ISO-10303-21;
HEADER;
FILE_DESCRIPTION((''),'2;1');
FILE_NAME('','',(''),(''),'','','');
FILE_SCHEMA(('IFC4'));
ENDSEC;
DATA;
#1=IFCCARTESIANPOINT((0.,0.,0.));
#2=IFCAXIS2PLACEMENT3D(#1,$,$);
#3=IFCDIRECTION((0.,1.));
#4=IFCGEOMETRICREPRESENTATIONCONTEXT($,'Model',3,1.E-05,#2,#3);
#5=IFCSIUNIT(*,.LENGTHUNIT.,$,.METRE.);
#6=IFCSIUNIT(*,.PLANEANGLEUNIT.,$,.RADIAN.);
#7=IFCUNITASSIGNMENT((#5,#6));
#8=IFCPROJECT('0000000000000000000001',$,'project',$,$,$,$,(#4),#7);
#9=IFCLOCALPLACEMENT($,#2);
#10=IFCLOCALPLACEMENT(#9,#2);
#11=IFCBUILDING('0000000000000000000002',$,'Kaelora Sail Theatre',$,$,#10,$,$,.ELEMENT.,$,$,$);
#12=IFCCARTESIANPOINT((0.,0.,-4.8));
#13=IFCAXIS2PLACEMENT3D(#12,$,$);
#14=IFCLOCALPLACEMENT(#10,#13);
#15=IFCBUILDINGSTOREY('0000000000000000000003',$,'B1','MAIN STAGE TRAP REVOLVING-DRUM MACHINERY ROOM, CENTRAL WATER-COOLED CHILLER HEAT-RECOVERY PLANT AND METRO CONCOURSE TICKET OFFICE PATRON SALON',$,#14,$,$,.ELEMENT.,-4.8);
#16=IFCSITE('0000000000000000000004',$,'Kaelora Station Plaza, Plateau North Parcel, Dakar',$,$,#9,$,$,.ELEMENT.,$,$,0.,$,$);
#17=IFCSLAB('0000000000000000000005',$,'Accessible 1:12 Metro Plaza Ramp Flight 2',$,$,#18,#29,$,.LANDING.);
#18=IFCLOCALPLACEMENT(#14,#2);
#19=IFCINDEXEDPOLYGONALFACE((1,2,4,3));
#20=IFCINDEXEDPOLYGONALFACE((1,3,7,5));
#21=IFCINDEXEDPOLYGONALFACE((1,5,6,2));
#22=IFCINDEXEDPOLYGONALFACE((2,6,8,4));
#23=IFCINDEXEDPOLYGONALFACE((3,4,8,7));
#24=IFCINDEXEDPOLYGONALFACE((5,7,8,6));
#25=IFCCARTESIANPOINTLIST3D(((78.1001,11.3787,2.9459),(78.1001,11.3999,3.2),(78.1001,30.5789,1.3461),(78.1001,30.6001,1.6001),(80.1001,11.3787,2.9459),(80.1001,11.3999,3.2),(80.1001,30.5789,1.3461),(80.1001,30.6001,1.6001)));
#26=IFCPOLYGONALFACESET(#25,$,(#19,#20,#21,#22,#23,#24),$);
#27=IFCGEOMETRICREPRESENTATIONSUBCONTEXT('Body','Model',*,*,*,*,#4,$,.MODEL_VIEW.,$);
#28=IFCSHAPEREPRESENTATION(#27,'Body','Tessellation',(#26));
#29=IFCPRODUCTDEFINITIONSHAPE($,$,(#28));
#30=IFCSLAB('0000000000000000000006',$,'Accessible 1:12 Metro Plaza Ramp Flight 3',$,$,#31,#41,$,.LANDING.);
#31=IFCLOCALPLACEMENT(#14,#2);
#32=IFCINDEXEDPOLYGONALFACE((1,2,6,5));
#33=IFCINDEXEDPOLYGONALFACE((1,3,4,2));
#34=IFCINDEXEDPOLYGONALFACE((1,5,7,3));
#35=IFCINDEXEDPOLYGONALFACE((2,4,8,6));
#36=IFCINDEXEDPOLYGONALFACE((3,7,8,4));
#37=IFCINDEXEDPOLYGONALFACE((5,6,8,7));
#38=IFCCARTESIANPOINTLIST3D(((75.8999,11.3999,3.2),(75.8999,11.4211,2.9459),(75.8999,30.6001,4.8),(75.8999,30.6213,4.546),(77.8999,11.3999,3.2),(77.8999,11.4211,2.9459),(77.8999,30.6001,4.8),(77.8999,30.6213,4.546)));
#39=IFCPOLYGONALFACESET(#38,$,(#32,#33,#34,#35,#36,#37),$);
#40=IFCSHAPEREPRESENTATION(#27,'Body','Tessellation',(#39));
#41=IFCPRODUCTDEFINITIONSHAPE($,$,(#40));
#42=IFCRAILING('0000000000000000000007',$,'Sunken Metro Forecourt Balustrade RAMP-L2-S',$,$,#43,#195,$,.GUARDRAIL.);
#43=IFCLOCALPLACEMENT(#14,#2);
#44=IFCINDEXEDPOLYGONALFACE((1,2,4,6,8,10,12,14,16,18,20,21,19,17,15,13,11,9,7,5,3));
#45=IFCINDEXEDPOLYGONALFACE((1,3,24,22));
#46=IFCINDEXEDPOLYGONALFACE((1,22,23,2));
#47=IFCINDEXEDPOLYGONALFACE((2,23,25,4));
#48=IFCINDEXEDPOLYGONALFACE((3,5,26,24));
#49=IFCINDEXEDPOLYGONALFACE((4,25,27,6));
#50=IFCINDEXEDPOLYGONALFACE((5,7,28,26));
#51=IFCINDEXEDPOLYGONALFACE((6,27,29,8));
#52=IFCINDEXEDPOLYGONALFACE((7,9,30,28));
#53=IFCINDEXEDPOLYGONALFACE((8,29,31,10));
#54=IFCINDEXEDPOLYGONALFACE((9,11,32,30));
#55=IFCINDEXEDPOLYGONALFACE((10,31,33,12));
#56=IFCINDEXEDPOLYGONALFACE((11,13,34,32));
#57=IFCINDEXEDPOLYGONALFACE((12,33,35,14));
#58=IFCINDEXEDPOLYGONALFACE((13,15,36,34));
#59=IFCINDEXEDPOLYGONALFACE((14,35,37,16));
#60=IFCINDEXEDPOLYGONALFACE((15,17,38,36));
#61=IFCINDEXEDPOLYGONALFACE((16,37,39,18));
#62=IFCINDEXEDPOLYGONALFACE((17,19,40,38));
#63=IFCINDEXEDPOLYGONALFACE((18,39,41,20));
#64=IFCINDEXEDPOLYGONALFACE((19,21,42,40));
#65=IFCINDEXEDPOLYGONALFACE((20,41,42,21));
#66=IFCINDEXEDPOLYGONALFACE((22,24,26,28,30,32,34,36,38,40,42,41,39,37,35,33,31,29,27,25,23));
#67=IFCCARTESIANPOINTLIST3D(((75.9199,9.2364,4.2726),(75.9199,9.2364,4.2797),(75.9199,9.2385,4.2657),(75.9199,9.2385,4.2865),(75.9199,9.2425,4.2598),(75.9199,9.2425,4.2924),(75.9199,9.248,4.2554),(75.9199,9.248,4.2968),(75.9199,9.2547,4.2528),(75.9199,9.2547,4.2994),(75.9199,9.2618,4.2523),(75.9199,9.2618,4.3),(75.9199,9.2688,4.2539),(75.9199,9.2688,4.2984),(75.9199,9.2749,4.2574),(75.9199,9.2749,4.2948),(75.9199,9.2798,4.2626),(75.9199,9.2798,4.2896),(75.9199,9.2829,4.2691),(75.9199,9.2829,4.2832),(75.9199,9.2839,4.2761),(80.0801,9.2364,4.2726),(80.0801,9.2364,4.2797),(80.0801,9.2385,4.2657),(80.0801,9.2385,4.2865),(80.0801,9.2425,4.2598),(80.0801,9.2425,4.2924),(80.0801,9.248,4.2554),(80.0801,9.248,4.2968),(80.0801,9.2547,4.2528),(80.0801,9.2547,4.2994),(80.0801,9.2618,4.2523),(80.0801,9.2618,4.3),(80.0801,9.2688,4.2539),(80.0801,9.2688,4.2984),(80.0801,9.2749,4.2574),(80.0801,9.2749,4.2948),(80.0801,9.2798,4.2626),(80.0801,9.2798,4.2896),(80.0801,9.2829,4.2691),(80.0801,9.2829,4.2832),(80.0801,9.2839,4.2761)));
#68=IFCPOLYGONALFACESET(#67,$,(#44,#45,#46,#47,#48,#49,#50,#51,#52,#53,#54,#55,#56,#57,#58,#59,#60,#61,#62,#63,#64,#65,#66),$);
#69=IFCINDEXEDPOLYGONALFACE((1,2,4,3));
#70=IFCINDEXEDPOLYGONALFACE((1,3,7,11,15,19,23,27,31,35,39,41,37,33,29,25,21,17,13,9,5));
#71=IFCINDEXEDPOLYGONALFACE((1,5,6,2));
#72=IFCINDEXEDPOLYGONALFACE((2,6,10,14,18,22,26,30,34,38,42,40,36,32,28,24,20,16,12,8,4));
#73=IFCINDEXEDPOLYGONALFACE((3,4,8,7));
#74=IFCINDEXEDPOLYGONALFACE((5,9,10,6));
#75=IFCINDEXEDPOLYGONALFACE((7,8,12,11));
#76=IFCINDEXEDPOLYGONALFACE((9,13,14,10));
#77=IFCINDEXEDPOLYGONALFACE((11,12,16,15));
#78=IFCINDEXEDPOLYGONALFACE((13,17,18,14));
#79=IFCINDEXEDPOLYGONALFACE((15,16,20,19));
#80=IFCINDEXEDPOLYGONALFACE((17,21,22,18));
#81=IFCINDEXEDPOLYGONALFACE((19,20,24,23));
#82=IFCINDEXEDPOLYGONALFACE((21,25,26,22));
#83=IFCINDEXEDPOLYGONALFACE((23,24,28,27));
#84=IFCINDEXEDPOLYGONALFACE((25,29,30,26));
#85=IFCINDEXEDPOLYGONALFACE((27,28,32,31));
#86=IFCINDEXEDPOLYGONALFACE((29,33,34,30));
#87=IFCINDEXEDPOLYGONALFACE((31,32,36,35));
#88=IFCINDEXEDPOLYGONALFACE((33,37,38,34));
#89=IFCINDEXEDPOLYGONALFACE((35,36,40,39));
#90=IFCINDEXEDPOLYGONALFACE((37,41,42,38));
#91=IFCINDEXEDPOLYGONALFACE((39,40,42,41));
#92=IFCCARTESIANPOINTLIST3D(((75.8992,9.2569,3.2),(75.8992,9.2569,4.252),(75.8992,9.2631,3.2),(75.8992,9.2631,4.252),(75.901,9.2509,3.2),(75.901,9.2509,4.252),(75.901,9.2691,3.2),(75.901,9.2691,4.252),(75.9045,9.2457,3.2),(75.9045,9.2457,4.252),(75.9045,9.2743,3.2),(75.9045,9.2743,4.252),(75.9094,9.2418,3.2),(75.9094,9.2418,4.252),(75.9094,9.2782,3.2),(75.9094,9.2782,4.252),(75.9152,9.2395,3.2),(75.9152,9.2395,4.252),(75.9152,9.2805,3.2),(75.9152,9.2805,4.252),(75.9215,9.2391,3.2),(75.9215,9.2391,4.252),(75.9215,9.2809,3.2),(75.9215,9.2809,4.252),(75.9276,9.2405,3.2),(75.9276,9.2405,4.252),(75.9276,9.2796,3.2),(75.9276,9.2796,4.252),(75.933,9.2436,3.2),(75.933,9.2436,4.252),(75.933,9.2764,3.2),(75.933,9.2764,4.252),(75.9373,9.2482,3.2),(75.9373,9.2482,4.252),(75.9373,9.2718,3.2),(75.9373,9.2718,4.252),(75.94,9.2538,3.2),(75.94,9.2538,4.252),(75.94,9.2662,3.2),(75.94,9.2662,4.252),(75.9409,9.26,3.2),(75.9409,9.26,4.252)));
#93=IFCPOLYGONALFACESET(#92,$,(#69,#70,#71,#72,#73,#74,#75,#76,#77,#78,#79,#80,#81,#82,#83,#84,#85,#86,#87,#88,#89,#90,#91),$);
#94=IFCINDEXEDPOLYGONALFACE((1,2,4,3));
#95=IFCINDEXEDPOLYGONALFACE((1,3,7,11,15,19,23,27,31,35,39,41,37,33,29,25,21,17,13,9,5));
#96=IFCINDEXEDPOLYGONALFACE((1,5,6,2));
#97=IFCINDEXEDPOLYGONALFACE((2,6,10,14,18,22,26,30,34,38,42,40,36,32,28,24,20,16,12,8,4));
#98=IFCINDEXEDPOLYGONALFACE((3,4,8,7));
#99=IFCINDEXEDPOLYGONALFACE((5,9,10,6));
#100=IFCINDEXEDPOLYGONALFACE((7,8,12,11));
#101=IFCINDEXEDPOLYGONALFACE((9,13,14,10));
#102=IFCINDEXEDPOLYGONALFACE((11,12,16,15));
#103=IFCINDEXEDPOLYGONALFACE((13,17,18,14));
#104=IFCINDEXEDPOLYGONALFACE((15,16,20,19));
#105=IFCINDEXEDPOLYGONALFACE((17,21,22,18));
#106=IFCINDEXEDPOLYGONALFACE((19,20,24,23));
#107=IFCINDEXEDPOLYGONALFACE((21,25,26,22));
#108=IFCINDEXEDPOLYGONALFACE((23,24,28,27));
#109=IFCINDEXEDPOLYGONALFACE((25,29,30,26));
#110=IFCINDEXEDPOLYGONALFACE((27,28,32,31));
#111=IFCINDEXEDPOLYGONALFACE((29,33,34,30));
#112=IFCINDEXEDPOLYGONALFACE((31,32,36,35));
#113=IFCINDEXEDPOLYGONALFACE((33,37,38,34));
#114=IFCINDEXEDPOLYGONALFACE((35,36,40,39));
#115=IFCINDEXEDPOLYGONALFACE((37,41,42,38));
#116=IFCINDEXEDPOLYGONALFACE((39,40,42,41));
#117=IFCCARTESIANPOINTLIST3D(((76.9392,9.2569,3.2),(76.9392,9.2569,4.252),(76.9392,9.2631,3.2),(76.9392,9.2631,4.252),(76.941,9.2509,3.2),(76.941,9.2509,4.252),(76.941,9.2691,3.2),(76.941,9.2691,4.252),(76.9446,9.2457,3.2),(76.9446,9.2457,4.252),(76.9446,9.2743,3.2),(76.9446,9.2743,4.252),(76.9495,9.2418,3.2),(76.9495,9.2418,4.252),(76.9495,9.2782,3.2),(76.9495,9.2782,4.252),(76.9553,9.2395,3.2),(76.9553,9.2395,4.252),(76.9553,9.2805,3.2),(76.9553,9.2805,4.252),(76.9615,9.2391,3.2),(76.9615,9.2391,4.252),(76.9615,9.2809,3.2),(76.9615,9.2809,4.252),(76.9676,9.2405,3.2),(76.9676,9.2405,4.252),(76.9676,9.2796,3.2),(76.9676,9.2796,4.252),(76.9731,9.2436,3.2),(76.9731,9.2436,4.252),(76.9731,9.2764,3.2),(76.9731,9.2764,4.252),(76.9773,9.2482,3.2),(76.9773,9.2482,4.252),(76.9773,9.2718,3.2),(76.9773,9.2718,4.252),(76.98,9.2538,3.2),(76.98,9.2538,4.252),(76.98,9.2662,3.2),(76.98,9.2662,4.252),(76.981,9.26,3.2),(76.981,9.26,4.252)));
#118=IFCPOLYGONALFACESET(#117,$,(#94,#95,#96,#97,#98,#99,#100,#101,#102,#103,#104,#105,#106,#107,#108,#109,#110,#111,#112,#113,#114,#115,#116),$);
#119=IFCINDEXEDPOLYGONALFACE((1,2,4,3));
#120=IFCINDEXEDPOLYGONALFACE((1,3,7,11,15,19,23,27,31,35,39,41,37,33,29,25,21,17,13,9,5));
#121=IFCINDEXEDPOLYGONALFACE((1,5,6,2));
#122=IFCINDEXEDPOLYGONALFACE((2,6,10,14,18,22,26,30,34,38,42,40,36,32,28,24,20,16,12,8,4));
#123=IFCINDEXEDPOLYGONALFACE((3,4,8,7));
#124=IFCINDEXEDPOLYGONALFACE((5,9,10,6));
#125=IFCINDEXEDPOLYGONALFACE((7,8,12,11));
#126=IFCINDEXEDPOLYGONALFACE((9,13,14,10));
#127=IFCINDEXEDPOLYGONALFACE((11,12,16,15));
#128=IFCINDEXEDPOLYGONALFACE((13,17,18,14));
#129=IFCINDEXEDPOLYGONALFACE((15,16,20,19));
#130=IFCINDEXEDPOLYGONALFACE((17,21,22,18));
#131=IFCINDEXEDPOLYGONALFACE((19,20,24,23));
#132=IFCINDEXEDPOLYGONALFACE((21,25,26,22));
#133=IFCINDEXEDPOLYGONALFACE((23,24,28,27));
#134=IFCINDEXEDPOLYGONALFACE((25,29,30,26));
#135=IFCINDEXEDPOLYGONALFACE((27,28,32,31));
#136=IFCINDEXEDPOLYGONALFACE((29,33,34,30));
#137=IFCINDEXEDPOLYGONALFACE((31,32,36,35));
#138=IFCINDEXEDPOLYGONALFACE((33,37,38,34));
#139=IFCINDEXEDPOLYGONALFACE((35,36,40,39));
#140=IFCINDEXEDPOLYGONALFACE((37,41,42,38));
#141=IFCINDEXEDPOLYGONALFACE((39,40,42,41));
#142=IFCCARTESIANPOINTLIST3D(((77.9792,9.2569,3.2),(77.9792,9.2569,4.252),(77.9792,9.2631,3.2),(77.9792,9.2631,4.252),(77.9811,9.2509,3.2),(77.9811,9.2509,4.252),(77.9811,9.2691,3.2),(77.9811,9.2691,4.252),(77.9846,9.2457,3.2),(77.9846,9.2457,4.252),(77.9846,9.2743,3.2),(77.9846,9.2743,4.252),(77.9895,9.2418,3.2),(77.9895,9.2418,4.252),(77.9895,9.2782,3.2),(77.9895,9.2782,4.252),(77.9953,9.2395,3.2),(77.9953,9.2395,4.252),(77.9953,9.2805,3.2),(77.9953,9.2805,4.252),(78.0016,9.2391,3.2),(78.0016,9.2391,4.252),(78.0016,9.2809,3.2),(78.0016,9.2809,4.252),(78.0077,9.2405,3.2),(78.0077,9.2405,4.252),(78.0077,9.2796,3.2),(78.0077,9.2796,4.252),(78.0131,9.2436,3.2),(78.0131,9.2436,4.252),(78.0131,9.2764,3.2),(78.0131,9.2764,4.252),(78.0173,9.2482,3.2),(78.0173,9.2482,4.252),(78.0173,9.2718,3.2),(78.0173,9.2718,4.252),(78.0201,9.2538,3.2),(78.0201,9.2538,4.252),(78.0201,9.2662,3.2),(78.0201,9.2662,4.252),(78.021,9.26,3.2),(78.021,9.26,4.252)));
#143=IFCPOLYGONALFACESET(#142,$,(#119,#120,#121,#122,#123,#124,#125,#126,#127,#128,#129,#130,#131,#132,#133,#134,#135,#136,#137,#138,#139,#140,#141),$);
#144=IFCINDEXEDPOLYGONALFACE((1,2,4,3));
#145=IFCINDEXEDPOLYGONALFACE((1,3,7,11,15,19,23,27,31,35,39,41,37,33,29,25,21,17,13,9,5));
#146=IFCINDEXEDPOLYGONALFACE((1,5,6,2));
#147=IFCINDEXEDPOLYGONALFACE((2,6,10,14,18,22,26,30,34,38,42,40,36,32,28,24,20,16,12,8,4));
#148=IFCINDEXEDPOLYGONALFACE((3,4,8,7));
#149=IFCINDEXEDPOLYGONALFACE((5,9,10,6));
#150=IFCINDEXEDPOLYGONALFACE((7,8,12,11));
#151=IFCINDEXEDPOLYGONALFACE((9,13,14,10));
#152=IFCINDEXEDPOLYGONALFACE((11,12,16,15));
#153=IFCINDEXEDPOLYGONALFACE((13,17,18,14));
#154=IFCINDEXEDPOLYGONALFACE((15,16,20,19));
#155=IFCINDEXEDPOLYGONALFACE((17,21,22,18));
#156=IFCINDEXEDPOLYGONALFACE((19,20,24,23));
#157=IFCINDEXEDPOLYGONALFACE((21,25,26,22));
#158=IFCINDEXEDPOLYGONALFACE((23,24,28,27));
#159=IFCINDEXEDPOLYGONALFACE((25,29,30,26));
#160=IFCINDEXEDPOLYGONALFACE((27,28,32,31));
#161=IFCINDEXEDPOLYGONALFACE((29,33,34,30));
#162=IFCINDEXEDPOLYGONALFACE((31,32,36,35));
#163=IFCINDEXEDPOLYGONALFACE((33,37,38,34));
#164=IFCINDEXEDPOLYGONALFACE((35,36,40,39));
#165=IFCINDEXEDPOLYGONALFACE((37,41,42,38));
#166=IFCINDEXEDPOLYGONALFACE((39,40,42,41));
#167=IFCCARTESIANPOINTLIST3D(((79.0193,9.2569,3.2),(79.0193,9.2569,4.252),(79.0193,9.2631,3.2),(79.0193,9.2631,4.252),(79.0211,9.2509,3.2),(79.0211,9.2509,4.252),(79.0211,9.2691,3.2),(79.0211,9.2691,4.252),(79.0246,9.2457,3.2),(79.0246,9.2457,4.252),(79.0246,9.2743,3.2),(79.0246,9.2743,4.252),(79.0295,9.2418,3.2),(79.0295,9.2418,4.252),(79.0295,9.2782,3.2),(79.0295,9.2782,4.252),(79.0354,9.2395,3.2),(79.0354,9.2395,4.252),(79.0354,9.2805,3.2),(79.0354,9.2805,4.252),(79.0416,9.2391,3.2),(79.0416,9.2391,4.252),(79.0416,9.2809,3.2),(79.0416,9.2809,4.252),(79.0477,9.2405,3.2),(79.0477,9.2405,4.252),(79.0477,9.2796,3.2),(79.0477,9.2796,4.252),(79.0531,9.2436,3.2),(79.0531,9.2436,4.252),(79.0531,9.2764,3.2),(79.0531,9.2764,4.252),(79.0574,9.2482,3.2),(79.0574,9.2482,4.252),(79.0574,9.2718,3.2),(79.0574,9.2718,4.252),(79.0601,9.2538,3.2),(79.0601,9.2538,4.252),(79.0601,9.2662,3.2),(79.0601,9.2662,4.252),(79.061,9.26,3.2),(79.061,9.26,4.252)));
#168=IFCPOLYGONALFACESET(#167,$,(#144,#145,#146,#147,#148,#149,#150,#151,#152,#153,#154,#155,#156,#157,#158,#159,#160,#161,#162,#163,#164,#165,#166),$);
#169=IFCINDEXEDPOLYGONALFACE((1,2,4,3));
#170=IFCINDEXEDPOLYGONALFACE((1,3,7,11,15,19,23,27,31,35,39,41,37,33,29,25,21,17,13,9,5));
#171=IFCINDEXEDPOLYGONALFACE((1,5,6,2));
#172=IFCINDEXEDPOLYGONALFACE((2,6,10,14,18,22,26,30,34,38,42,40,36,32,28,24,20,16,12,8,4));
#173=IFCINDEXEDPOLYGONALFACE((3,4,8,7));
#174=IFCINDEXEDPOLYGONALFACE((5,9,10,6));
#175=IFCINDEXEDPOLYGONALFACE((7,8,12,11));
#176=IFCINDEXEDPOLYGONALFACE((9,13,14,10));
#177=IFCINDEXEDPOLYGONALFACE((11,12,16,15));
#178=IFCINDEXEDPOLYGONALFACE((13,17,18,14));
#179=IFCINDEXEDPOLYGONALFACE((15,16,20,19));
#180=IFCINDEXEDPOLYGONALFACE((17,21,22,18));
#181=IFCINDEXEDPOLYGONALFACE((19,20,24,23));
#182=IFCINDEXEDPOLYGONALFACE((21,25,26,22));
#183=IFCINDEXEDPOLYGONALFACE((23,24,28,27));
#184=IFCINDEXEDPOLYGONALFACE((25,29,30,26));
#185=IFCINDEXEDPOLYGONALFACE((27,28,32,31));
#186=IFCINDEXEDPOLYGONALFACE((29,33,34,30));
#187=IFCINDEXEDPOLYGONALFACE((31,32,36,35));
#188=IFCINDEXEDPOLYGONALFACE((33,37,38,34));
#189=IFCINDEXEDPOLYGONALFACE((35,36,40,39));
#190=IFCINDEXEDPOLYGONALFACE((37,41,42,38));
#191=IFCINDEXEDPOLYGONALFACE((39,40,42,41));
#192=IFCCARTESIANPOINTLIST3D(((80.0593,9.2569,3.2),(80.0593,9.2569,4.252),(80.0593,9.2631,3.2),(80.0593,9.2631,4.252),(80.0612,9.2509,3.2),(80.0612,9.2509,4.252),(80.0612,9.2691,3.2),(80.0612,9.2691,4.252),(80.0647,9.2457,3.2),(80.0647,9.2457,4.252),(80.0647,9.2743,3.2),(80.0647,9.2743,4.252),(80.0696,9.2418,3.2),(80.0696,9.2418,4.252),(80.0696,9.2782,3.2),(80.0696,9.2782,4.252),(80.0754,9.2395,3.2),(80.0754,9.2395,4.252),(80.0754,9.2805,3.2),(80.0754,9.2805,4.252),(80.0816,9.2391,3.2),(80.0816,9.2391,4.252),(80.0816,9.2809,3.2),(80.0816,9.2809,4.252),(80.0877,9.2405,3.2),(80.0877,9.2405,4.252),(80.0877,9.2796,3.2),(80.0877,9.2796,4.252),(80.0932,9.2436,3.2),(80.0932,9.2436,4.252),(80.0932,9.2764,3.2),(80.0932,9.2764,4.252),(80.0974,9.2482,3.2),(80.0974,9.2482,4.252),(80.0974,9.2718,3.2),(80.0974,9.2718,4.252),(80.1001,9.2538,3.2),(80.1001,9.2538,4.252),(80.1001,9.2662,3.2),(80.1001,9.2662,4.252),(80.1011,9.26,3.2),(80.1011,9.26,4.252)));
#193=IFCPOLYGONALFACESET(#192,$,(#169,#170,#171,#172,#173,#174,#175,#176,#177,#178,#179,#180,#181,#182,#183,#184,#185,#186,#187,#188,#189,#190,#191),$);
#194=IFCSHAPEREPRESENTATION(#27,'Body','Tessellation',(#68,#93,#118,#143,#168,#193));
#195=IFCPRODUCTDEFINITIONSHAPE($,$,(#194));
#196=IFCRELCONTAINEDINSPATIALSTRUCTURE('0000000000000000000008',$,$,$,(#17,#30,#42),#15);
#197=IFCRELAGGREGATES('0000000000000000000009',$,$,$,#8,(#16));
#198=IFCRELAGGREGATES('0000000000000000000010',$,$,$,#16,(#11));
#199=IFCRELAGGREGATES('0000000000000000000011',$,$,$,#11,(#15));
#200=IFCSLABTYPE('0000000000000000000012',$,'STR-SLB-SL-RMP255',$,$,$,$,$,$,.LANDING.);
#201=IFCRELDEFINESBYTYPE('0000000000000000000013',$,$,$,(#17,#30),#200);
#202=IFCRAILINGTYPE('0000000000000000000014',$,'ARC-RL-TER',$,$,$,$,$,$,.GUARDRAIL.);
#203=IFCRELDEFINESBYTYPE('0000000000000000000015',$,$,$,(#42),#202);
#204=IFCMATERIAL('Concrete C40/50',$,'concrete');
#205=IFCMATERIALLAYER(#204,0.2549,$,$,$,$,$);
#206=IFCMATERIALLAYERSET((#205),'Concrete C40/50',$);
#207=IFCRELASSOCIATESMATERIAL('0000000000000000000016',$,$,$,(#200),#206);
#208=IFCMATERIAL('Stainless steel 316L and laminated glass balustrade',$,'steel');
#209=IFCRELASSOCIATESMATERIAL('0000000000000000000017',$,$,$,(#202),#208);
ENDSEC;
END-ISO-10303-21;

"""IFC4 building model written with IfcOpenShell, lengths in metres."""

from ifc_helpers import new_model, si_unit, direction, frame, origin, origin_2d, place, context, subcontext, project, spatial, polyline, circle, outline, extrude, material, layer, layer_set, type_object, element, save


model = new_model("IFC4")

# Units and contexts
model_context = context("Model", 3, precision=1e-05, world=origin(), true_north=direction((0.0, 1.0)))
body_context = subcontext(model_context, "Body", "Model", "MODEL_VIEW")
ifc_project = project(units=[si_unit("LENGTHUNIT", "METRE"), si_unit("PLANEANGLEUNIT", "RADIAN")], contexts=[model_context])

# Site, building, storey
site_placement = place(None, origin())
site = spatial("IfcSite", under=ifc_project, at=site_placement, Name="Kaelora Station Plaza, Plateau North Parcel, Dakar", CompositionType="ELEMENT", RefElevation=0.0)
building_placement = place(site_placement, origin())
building = spatial("IfcBuilding", under=site, at=building_placement, Name="Kaelora Sail Theatre", CompositionType="ELEMENT")
storey_placement = place(building_placement, frame((0.0, 0.0, -4.8)))
storey = spatial("IfcBuildingStorey", under=building, at=storey_placement, Name="B1", Description="MAIN STAGE TRAP REVOLVING-DRUM MACHINERY ROOM, CENTRAL WATER-COOLED CHILLER HEAT-RECOVERY PLANT AND METRO CONCOURSE TICKET OFFICE PATRON SALON", CompositionType="ELEMENT", Elevation=-4.8)

# Slabs
ifc_material_1 = material(Name="Concrete C40/50", Category="concrete")
ifc_layer = layer(ifc_material_1, 0.2549)
ifc_layer_set = layer_set([ifc_layer], Name="Concrete C40/50")
slab_type = type_object("IfcSlabType", Name="STR-SLB-SL-RMP255", PredefinedType="LANDING", material=ifc_layer_set)
slab_1_placement = place(storey_placement, frame((78.1001, 11.3999, 3.2), z_axis=(0.0, 0.083037, 0.996546), x_axis=(1.0, 0.0, 0.0)))
element("IfcSlab", 1, at=slab_1_placement, inside=storey, type_object=slab_type, Name="Accessible 1:12 Metro Plaza Ramp Flight 2", PredefinedType="LANDING", context=body_context, shape_type="SweptSolid", body=[
    extrude(outline(polyline([(0.0, 0.0), (2.0, 0.0), (2.0, 19.2667), (0.0, 19.2667), (0.0, 0.0)])), origin(), (0.0, 0.0, -1.0), 0.2549),
])
slab_2_placement = place(storey_placement, frame((75.8999, 11.3999, 3.2), z_axis=(0.0, -0.08305, 0.996545), x_axis=(1.0, 0.0, 0.0)))
element("IfcSlab", 2, at=slab_2_placement, inside=storey, type_object=slab_type, Name="Accessible 1:12 Metro Plaza Ramp Flight 3", PredefinedType="LANDING", context=body_context, shape_type="SweptSolid", body=[
    extrude(outline(polyline([(0.0, 0.0), (2.0, 0.0), (2.0, 19.2668), (0.0, 19.2668), (0.0, 0.0)])), origin(), (0.0, 0.0, -1.0), 0.2549),
])

# Railing
ifc_material_2 = material(Name="Stainless steel 316L and laminated glass balustrade", Category="steel")
railing_type = type_object("IfcRailingType", Name="ARC-RL-TER", PredefinedType="GUARDRAIL", material=ifc_material_2)
railing_1_placement = place(storey_placement, frame((75.9199, 9.26, 3.2)))
element("IfcRailing", 3, at=railing_1_placement, inside=storey, type_object=railing_type, Name="Sunken Metro Forecourt Balustrade RAMP-L2-S", PredefinedType="GUARDRAIL", context=body_context, shape_type="SweptSolid", body=[
    extrude(circle(Radius=0.0239, at=origin_2d()), frame((0.0, 0.0, 1.0762), z_axis=(1.0, 0.0, 0.0), x_axis=(0.0, 1.0, 0.0)), (0.0, 0.0, 1.0), 4.1602),
    extrude(circle(Radius=0.021, at=origin_2d()), origin(), (0.0, 0.0, 1.0), 1.052),
    extrude(circle(Radius=0.021, at=origin_2d()), frame((1.04, 0.0, 0.0)), (0.0, 0.0, 1.0), 1.052),
    extrude(circle(Radius=0.021, at=origin_2d()), frame((2.0801, 0.0, 0.0)), (0.0, 0.0, 1.0), 1.052),
    extrude(circle(Radius=0.021, at=origin_2d()), frame((3.1201, 0.0, 0.0)), (0.0, 0.0, 1.0), 1.052),
    extrude(circle(Radius=0.021, at=origin_2d()), frame((4.1602, 0.0, 0.0)), (0.0, 0.0, 1.0), 1.052),
])

save(model, "model.ifc")
